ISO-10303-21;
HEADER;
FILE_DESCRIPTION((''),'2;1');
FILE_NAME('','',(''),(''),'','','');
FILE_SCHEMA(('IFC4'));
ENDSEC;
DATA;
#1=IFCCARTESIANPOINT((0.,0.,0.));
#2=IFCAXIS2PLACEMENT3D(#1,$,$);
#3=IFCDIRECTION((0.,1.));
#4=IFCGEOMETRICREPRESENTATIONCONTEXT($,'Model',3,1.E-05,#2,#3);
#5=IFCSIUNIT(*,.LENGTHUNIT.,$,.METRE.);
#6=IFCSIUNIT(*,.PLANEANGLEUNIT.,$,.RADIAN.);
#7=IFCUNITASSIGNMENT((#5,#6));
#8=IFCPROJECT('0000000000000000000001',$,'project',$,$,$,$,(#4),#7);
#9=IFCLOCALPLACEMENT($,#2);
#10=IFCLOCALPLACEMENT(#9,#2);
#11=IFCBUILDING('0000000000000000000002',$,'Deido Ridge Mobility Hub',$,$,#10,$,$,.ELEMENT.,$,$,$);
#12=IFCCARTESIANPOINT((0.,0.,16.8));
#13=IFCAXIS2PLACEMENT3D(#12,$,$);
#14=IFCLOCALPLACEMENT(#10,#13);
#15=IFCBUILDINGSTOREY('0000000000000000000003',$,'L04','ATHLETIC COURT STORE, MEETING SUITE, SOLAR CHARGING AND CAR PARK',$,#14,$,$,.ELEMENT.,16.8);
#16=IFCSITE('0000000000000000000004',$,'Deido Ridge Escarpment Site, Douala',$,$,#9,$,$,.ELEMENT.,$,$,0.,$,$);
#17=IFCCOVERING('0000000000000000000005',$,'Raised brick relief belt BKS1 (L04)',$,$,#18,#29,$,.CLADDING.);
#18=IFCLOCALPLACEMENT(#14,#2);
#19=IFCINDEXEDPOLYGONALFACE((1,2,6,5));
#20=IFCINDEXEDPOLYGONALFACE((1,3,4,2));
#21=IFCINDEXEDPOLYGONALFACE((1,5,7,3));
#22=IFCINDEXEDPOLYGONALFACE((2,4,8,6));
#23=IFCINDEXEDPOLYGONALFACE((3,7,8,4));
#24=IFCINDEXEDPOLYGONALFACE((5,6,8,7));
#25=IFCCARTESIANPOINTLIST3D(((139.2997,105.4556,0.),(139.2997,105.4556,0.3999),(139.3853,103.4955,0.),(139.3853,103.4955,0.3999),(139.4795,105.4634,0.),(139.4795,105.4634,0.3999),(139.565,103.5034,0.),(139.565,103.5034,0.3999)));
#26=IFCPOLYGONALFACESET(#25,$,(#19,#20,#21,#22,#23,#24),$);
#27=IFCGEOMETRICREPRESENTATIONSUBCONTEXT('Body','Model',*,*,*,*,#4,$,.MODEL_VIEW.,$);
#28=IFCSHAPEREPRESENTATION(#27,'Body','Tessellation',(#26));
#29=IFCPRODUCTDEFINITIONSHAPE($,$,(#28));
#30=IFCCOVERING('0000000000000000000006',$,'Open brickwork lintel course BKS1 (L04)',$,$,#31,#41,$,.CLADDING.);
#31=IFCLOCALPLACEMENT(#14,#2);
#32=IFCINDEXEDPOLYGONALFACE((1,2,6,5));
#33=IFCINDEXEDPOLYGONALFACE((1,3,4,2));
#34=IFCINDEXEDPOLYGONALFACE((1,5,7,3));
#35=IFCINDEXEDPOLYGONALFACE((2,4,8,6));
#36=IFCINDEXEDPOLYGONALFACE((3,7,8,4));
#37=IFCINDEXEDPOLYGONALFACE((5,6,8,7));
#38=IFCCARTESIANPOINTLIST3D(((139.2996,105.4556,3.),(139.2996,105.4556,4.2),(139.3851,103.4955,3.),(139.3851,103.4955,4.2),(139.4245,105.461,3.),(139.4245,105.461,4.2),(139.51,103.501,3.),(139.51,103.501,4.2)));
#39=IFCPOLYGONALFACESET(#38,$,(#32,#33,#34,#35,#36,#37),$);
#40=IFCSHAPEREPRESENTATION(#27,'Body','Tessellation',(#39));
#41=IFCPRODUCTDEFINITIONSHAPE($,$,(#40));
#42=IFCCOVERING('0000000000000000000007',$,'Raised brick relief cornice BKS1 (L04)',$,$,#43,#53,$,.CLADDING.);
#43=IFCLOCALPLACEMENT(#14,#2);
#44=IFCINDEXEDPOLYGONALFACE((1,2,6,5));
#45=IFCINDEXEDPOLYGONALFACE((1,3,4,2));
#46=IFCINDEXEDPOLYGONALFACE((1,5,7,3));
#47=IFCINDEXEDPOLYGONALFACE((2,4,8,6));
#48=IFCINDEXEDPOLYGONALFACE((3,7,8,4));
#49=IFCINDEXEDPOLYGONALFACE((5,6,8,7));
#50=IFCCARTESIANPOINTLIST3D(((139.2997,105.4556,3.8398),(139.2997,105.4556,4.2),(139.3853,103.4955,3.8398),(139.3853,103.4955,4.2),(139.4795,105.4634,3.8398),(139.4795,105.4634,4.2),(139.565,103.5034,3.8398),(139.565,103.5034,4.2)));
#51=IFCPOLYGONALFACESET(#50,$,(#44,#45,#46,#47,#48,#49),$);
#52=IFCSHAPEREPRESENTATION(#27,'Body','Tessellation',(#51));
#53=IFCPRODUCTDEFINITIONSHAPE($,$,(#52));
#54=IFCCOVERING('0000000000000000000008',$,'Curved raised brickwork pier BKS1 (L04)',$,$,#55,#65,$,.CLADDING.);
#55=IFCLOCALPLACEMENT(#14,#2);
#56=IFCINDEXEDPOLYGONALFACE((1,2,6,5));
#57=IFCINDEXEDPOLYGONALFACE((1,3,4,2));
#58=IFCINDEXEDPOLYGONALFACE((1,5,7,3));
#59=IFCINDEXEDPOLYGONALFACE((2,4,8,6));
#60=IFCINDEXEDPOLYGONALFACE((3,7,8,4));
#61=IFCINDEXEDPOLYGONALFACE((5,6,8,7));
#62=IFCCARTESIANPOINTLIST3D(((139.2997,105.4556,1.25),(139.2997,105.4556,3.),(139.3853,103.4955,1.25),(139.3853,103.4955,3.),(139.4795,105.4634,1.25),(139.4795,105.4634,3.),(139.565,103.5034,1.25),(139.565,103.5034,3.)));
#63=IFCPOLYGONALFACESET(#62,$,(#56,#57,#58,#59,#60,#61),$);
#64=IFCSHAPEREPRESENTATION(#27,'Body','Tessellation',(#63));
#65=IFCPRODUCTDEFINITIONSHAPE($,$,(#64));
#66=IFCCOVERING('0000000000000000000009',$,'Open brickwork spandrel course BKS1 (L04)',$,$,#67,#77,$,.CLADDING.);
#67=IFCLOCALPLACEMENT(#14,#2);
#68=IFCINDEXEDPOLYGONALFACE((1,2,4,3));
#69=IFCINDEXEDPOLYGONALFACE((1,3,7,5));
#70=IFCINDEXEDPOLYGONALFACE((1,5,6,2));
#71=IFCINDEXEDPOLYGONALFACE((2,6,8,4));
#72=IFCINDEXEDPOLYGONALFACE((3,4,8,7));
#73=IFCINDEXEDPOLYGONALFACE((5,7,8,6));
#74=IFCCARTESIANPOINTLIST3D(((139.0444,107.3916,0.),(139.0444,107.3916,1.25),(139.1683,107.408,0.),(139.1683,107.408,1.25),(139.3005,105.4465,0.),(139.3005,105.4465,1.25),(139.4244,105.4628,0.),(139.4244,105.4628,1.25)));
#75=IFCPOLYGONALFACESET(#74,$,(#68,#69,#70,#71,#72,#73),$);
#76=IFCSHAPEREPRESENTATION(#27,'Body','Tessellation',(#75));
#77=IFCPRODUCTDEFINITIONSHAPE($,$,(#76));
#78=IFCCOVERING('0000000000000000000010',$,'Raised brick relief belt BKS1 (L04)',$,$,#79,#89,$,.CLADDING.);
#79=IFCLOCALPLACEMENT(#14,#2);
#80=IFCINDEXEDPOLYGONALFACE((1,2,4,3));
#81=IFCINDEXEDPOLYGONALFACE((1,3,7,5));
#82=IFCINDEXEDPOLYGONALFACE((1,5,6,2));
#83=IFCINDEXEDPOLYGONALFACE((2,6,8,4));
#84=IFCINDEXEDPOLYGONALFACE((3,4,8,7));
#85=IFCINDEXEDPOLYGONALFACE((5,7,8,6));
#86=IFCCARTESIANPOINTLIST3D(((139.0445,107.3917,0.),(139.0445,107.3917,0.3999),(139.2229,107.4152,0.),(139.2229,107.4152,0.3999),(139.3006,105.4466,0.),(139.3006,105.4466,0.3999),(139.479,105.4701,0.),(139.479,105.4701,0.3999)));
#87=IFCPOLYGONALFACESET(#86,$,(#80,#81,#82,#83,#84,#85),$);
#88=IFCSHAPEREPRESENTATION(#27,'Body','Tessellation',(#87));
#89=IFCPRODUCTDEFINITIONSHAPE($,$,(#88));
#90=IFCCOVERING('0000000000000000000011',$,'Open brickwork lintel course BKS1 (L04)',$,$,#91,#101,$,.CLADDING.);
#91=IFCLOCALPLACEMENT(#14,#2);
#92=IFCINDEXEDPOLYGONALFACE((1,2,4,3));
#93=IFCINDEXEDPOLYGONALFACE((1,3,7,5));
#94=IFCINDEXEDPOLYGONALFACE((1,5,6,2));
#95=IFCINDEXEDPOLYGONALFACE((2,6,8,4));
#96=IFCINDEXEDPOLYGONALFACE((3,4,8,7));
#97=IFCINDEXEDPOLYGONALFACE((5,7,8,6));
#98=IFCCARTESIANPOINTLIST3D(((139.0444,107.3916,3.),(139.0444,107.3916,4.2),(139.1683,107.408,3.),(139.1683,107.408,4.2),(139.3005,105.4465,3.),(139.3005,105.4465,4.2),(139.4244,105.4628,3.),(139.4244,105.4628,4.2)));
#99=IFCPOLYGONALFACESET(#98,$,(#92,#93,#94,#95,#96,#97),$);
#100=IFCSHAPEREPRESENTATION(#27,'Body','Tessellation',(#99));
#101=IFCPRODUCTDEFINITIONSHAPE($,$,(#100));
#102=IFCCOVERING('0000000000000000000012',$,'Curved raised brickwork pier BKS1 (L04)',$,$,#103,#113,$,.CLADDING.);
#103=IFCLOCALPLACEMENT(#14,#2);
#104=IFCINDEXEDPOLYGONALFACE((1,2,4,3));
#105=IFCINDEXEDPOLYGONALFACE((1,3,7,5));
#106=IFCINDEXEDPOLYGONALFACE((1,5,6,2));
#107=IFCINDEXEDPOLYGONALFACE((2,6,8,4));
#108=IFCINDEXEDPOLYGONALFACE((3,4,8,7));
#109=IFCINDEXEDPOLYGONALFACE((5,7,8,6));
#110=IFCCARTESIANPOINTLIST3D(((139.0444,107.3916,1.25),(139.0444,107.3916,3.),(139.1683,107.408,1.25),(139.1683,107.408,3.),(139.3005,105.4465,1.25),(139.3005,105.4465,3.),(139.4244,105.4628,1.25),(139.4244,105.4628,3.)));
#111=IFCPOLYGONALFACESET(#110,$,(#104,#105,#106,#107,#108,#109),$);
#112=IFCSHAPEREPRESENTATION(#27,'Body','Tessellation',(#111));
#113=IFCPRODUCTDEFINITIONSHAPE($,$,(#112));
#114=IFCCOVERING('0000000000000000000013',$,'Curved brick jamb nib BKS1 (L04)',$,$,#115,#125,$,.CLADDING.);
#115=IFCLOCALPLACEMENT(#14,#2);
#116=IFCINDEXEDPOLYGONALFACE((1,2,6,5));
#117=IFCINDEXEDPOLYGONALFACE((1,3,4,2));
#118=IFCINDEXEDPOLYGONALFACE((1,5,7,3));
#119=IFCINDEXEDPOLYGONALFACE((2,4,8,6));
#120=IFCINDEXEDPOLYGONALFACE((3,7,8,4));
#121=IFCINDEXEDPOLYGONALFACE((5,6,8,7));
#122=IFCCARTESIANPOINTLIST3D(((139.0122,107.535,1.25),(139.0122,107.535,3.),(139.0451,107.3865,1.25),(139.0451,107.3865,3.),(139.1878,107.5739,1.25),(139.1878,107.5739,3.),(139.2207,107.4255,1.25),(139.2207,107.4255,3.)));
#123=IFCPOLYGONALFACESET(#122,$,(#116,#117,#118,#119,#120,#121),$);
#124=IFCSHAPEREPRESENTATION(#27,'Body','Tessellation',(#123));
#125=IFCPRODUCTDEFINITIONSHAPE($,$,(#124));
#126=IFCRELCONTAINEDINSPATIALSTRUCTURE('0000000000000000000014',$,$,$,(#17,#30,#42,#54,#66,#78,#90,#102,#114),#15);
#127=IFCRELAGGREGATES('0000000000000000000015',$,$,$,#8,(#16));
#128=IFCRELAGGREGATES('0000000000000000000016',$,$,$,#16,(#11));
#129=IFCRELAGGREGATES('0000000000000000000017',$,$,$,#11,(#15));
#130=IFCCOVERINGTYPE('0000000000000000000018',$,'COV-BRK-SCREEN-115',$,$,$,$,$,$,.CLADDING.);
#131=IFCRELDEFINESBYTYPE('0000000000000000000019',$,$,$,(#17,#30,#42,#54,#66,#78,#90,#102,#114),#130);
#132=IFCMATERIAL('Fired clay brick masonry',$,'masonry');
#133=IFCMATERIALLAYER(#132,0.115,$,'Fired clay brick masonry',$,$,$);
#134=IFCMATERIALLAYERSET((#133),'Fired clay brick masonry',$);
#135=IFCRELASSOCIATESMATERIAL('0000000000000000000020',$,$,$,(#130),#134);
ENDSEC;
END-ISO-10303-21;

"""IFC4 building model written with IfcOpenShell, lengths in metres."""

from ifc_helpers import new_model, si_unit, direction, frame, origin, origin_2d, place, context, subcontext, project, spatial, rectangle, extrude, material, layer, layer_set, type_object, element, save


model = new_model("IFC4")

# Units and contexts
model_context = context("Model", 3, precision=1e-05, world=origin(), true_north=direction((0.0, 1.0)))
body_context = subcontext(model_context, "Body", "Model", "MODEL_VIEW")
ifc_project = project(units=[si_unit("LENGTHUNIT", "METRE"), si_unit("PLANEANGLEUNIT", "RADIAN")], contexts=[model_context])

# Site, building, storey
site_placement = place(None, origin())
site = spatial("IfcSite", under=ifc_project, at=site_placement, Name="Deido Ridge Escarpment Site, Douala", CompositionType="ELEMENT", RefElevation=0.0)
building_placement = place(site_placement, origin())
building = spatial("IfcBuilding", under=site, at=building_placement, Name="Deido Ridge Mobility Hub", CompositionType="ELEMENT")
storey_placement = place(building_placement, frame((0.0, 0.0, 16.8)))
storey = spatial("IfcBuildingStorey", under=building, at=storey_placement, Name="L04", Description="ATHLETIC COURT STORE, MEETING SUITE, SOLAR CHARGING AND CAR PARK", CompositionType="ELEMENT", Elevation=16.8)

# Coverings
ifc_material_1 = material(Name="Fired clay brick masonry", Category="masonry")
ifc_layer = layer(ifc_material_1, 0.115, Name="Fired clay brick masonry")
ifc_layer_set = layer_set([ifc_layer], Name="Fired clay brick masonry")
covering_type = type_object("IfcCoveringType", Name="COV-BRK-SCREEN-115", PredefinedType="CLADDING", material=ifc_layer_set)
covering_1_placement = place(storey_placement, frame((139.4324, 104.4795, 0.0), z_axis=(0.0, 0.0, 1.0), x_axis=(-0.043602, 0.999049, 0.0)))
element("IfcCovering", 1, at=covering_1_placement, inside=storey, type_object=covering_type, Name="Raised brick relief belt BKS1 (L04)", PredefinedType="CLADDING", context=body_context, shape_type="SweptSolid", body=[
    extrude(rectangle(XDim=1.9619, YDim=0.1799, at=origin_2d()), origin(), (0.0, 0.0, 1.0), 0.3999),
])
covering_2_placement = place(storey_placement, frame((139.4048, 104.4783, 3.0), z_axis=(0.0, 0.0, 1.0), x_axis=(-0.043602, 0.999049, 0.0)))
element("IfcCovering", 2, at=covering_2_placement, inside=storey, type_object=covering_type, Name="Open brickwork lintel course BKS1 (L04)", PredefinedType="CLADDING", context=body_context, shape_type="SweptSolid", body=[
    extrude(rectangle(XDim=1.9619, YDim=0.125, at=origin_2d()), origin(), (0.0, 0.0, 1.0), 1.2),
])
covering_3_placement = place(storey_placement, frame((139.4324, 104.4795, 3.8398), z_axis=(0.0, 0.0, 1.0), x_axis=(-0.043602, 0.999049, 0.0)))
element("IfcCovering", 3, at=covering_3_placement, inside=storey, type_object=covering_type, Name="Raised brick relief cornice BKS1 (L04)", PredefinedType="CLADDING", context=body_context, shape_type="SweptSolid", body=[
    extrude(rectangle(XDim=1.9619, YDim=0.1799, at=origin_2d()), origin(), (0.0, 0.0, 1.0), 0.3601),
])
covering_4_placement = place(storey_placement, frame((139.4324, 104.4795, 1.25), z_axis=(0.0, 0.0, 1.0), x_axis=(-0.043602, 0.999049, 0.0)))
element("IfcCovering", 4, at=covering_4_placement, inside=storey, type_object=covering_type, Name="Curved raised brickwork pier BKS1 (L04)", PredefinedType="CLADDING", context=body_context, shape_type="SweptSolid", body=[
    extrude(rectangle(XDim=1.9619, YDim=0.1799, at=origin_2d()), origin(), (0.0, 0.0, 1.0), 1.75),
])
covering_5_placement = place(storey_placement, frame((139.2344, 106.4272, 0.0), z_axis=(0.0, 0.0, 1.0), x_axis=(-0.130543, 0.991443, 0.0)))
element("IfcCovering", 5, at=covering_5_placement, inside=storey, type_object=covering_type, Name="Open brickwork spandrel course BKS1 (L04)", PredefinedType="CLADDING", context=body_context, shape_type="SweptSolid", body=[
    extrude(rectangle(XDim=1.9619, YDim=0.125, at=origin_2d()), origin(), (0.0, 0.0, 1.0), 1.25),
])
covering_6_placement = place(storey_placement, frame((139.2617, 106.4309, 0.0), z_axis=(0.0, 0.0, 1.0), x_axis=(-0.130543, 0.991443, 0.0)))
element("IfcCovering", 6, at=covering_6_placement, inside=storey, type_object=covering_type, Name="Raised brick relief belt BKS1 (L04)", PredefinedType="CLADDING", context=body_context, shape_type="SweptSolid", body=[
    extrude(rectangle(XDim=1.9619, YDim=0.1799, at=origin_2d()), origin(), (0.0, 0.0, 1.0), 0.3999),
])
covering_7_placement = place(storey_placement, frame((139.2344, 106.4272, 3.0), z_axis=(0.0, 0.0, 1.0), x_axis=(-0.130543, 0.991443, 0.0)))
element("IfcCovering", 7, at=covering_7_placement, inside=storey, type_object=covering_type, Name="Open brickwork lintel course BKS1 (L04)", PredefinedType="CLADDING", context=body_context, shape_type="SweptSolid", body=[
    extrude(rectangle(XDim=1.9619, YDim=0.125, at=origin_2d()), origin(), (0.0, 0.0, 1.0), 1.2),
])
covering_8_placement = place(storey_placement, frame((139.2344, 106.4272, 1.25), z_axis=(0.0, 0.0, 1.0), x_axis=(-0.130543, 0.991443, 0.0)))
element("IfcCovering", 8, at=covering_8_placement, inside=storey, type_object=covering_type, Name="Curved raised brickwork pier BKS1 (L04)", PredefinedType="CLADDING", context=body_context, shape_type="SweptSolid", body=[
    extrude(rectangle(XDim=1.9619, YDim=0.125, at=origin_2d()), origin(), (0.0, 0.0, 1.0), 1.75),
])
covering_9_placement = place(storey_placement, frame((139.1165, 107.4802, 1.25), z_axis=(0.0, 0.0, 1.0), x_axis=(-0.216457, 0.976292, 0.0)))
element("IfcCovering", 9, at=covering_9_placement, inside=storey, type_object=covering_type, Name="Curved brick jamb nib BKS1 (L04)", PredefinedType="CLADDING", context=body_context, shape_type="SweptSolid", body=[
    extrude(rectangle(XDim=0.1521, YDim=0.1799, at=origin_2d()), origin(), (0.0, 0.0, 1.0), 1.75),
])

save(model, "model.ifc")
